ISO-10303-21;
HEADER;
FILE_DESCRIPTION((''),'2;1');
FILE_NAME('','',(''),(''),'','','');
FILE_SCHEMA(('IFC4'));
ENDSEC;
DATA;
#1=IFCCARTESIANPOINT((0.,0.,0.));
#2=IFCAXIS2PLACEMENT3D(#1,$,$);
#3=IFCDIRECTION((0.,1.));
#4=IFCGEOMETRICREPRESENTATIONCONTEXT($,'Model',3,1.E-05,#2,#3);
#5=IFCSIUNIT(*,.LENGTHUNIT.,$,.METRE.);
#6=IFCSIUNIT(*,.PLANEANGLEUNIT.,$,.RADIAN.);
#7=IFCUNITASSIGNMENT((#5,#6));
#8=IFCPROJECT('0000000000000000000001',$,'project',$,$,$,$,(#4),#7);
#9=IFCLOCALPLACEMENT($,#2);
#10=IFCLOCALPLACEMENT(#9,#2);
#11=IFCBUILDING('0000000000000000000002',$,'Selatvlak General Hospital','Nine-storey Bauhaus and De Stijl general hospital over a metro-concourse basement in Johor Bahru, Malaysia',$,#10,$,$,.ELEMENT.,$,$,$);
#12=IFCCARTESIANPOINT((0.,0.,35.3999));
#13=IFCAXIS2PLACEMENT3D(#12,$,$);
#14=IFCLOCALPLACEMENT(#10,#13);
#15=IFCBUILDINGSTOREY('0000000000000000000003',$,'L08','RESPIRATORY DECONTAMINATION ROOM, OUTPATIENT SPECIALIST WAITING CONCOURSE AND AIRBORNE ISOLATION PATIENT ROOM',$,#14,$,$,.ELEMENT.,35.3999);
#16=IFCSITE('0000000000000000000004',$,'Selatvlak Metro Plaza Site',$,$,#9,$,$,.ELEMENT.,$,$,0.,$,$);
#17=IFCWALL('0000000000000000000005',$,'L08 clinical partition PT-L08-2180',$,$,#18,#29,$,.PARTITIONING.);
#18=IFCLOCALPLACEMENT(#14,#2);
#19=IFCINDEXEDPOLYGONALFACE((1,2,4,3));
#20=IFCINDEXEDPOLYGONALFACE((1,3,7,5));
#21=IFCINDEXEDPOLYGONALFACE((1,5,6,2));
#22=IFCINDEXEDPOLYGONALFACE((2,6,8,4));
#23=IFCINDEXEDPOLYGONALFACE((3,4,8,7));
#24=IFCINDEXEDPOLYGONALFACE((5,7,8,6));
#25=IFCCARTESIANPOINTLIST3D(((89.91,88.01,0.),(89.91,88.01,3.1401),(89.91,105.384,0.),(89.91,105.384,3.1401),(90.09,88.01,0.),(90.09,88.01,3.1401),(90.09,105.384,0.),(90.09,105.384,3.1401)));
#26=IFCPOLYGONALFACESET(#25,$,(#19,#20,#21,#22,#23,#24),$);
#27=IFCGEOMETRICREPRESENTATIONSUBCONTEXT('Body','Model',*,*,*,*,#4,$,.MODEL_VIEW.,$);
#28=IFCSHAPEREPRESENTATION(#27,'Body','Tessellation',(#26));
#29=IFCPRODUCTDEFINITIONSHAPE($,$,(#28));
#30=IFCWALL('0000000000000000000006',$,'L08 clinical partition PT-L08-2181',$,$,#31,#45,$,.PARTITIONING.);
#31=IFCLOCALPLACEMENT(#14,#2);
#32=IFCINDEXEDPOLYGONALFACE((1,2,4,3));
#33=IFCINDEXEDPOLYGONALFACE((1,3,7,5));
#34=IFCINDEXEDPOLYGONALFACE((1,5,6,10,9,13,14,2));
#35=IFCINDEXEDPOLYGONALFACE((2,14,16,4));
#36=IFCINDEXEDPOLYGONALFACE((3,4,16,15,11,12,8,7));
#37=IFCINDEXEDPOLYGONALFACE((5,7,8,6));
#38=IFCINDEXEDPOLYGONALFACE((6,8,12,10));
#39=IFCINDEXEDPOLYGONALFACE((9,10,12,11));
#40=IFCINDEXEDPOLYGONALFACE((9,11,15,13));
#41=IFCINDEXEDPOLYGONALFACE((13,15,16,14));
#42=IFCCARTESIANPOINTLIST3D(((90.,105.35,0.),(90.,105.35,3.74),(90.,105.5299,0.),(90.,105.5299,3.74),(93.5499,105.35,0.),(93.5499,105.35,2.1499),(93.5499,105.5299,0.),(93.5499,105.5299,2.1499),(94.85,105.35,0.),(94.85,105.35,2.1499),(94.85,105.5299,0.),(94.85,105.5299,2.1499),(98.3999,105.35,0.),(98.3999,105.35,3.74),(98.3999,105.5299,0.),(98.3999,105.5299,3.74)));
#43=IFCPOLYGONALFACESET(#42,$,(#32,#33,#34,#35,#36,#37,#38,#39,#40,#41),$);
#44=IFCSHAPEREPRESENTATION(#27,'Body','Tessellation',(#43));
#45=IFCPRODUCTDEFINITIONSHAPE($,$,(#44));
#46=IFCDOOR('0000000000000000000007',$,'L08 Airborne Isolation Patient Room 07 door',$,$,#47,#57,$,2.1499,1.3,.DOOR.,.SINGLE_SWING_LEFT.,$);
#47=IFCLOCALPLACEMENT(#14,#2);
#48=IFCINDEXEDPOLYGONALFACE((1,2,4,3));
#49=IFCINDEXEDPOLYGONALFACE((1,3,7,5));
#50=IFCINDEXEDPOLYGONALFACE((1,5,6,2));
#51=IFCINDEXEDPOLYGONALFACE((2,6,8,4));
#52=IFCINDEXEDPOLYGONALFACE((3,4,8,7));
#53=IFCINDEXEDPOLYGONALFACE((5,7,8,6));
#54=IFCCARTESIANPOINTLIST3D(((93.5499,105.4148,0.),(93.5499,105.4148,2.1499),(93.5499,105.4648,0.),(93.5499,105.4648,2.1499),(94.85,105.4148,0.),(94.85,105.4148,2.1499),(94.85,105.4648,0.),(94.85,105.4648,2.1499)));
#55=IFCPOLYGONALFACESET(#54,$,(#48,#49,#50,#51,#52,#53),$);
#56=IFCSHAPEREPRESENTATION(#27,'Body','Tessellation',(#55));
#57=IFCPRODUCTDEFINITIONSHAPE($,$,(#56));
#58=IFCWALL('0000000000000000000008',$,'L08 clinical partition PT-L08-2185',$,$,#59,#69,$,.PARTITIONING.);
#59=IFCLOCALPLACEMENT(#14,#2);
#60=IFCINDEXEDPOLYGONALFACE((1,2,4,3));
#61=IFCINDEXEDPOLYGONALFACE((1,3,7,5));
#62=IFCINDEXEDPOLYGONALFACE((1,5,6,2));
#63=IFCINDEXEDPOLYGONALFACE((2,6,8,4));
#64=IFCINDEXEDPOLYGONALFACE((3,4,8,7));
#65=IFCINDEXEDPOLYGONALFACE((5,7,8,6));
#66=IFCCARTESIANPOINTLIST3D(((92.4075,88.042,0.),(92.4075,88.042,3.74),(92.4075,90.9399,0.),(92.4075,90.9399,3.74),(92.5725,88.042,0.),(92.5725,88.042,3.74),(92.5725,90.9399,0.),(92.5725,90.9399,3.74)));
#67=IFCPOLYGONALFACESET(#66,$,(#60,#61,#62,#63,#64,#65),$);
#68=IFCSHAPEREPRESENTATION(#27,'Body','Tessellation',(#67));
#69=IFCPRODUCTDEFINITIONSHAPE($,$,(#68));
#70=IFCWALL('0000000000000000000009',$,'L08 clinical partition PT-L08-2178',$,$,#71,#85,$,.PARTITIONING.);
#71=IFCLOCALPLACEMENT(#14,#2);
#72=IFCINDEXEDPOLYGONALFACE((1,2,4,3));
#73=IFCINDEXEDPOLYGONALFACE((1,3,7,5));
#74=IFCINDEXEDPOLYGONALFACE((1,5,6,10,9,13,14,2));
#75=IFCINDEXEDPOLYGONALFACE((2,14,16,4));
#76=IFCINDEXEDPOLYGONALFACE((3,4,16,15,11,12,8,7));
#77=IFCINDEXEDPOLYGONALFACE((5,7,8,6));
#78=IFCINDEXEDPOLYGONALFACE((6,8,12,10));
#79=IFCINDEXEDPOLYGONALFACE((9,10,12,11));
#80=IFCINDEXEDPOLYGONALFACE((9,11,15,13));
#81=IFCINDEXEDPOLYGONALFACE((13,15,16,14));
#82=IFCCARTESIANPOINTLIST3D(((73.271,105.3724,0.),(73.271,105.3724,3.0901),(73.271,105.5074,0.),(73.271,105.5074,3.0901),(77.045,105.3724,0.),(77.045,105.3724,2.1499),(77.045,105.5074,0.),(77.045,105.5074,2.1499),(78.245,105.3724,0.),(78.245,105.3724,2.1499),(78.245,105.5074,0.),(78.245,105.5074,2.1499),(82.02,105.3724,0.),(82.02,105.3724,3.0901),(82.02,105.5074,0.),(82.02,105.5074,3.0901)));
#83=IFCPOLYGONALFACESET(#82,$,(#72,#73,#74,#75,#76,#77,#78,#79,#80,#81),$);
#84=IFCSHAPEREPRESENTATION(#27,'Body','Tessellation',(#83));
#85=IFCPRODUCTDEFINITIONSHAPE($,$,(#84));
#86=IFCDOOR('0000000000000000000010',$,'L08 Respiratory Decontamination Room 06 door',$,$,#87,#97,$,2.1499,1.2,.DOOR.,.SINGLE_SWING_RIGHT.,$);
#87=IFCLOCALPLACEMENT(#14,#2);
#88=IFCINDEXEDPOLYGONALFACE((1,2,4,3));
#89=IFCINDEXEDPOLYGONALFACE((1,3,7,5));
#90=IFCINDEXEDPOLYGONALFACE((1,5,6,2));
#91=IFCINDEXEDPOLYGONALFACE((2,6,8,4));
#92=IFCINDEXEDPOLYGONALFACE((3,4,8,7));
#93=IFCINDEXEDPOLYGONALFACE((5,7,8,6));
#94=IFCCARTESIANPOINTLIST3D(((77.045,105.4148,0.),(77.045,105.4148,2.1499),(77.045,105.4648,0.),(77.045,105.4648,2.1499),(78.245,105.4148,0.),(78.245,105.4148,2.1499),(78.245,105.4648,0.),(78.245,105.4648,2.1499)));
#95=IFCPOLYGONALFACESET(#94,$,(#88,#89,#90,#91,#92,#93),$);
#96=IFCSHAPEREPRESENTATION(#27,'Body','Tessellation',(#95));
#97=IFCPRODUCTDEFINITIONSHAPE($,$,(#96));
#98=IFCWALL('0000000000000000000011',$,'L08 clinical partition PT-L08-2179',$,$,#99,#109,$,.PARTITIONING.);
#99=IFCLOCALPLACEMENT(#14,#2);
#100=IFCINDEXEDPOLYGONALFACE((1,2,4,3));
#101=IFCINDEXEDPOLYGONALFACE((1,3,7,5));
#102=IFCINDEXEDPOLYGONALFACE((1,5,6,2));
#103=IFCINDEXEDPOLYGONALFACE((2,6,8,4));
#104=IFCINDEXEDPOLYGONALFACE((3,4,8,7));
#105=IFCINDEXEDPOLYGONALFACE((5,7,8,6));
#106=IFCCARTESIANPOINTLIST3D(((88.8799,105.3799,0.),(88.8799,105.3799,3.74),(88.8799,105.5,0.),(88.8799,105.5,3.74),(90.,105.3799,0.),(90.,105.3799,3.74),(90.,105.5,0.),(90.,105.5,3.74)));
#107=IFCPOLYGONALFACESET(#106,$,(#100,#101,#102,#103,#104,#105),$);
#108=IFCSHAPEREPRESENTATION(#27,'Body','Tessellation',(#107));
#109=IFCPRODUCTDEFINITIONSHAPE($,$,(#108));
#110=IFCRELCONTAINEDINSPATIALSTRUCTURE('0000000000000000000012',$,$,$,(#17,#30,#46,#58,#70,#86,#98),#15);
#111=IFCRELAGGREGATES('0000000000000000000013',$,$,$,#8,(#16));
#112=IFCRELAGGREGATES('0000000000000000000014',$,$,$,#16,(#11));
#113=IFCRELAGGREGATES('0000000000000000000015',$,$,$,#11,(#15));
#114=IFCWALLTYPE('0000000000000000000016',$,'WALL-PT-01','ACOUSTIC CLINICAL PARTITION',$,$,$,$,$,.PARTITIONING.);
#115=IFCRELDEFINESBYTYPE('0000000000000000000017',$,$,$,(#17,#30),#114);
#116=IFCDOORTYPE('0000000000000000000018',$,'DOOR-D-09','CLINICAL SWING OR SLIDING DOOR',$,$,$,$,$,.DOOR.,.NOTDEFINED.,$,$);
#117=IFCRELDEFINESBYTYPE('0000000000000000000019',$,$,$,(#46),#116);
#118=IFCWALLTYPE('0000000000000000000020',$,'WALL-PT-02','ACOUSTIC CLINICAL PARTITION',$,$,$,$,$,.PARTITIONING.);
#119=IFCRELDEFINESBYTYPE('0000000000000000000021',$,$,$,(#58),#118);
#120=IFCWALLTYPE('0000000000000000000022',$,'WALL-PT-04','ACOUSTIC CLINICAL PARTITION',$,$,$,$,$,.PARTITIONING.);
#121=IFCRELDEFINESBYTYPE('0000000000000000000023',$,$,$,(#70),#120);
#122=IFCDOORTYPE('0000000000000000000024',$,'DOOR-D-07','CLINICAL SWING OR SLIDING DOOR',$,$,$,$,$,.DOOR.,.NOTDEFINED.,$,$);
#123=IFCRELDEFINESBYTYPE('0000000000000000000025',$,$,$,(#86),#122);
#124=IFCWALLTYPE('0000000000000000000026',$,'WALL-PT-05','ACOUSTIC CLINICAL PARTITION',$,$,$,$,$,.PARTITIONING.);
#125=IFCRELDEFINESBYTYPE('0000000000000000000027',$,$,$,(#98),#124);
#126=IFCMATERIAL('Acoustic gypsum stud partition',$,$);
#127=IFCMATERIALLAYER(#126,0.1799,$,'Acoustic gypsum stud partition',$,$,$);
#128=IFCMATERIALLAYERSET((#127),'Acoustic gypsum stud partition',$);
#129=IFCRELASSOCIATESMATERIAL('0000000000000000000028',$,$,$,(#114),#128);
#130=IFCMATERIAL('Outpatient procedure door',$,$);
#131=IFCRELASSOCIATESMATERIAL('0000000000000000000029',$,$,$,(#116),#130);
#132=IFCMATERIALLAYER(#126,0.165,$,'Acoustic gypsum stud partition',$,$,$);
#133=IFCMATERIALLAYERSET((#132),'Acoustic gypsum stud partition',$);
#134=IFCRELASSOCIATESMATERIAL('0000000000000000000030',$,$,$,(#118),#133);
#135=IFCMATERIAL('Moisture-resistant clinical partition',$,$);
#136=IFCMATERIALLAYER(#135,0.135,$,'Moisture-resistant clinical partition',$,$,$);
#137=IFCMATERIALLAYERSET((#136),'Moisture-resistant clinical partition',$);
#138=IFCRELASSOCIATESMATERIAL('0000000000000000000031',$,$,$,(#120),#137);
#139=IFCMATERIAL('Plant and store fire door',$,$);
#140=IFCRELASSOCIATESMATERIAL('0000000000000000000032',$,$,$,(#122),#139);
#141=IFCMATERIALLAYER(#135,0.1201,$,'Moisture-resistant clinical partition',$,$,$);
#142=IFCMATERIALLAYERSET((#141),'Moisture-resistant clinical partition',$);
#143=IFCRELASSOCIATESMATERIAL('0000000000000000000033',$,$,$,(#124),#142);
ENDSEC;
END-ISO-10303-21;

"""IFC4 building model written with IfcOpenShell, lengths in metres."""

from ifc_helpers import new_model, si_unit, direction, frame, frame_2d, origin, place, context, subcontext, project, spatial, rectangle, extrude, material, layer, layer_set, type_object, element, fill, save


model = new_model("IFC4")

# Units and contexts
model_context = context("Model", 3, precision=1e-05, world=origin(), true_north=direction((0.0, 1.0)))
body_context = subcontext(model_context, "Body", "Model", "MODEL_VIEW")
ifc_project = project(units=[si_unit("LENGTHUNIT", "METRE"), si_unit("PLANEANGLEUNIT", "RADIAN")], contexts=[model_context])

# Site, building, storey
site_placement = place(None, origin())
site = spatial("IfcSite", under=ifc_project, at=site_placement, Name="Selatvlak Metro Plaza Site", CompositionType="ELEMENT", RefElevation=0.0)
building_placement = place(site_placement, origin())
building = spatial("IfcBuilding", under=site, at=building_placement, Name="Selatvlak General Hospital", Description="Nine-storey Bauhaus and De Stijl general hospital over a metro-concourse basement in Johor Bahru, Malaysia", CompositionType="ELEMENT")
storey_placement = place(building_placement, frame((0.0, 0.0, 35.3999)))
storey = spatial("IfcBuildingStorey", under=building, at=storey_placement, Name="L08", Description="RESPIRATORY DECONTAMINATION ROOM, OUTPATIENT SPECIALIST WAITING CONCOURSE AND AIRBORNE ISOLATION PATIENT ROOM", CompositionType="ELEMENT", Elevation=35.3999)

# Wall
ifc_material_1 = material(Name="Acoustic gypsum stud partition")
ifc_layer_1 = layer(ifc_material_1, 0.1799, Name="Acoustic gypsum stud partition")
ifc_layer_set_1 = layer_set([ifc_layer_1], Name="Acoustic gypsum stud partition")
wall_type_1 = type_object("IfcWallType", Name="WALL-PT-01", Description="ACOUSTIC CLINICAL PARTITION", PredefinedType="PARTITIONING", material=ifc_layer_set_1)
wall_1_placement = place(storey_placement, frame((90.0, 105.384, 0.0), z_axis=(0.0, 0.0, 1.0), x_axis=(0.0, -1.0, 0.0)))
element("IfcWall", 1, at=wall_1_placement, inside=storey, type_object=wall_type_1, Name="L08 clinical partition PT-L08-2180", PredefinedType="PARTITIONING", context=body_context, shape_type="SweptSolid", body=[
    extrude(rectangle(XDim=17.374, YDim=0.1799, at=frame_2d((8.687, 0.0))), origin(), (0.0, 0.0, 1.0), 3.1401),
])

# Wall, opening, door
wall_2_placement = place(storey_placement, frame((90.0, 105.4399, 0.0), z_axis=(0.0, 0.0, 1.0), x_axis=(1.0, 0.0, 0.0)))
wall_2 = element("IfcWall", 2, at=wall_2_placement, inside=storey, type_object=wall_type_1, Name="L08 clinical partition PT-L08-2181", PredefinedType="PARTITIONING", context=body_context, shape_type="SweptSolid", body=[
    extrude(rectangle(XDim=8.3999, YDim=0.1799, at=frame_2d((4.2, 0.0))), origin(), (0.0, 0.0, 1.0), 3.74),
])
opening_1_placement = place(wall_2_placement, frame((3.55, 0.0, 0.0)))
opening_1 = element("IfcOpeningElement", 3, at=opening_1_placement, cuts=wall_2, PredefinedType="OPENING", context=body_context, shape_type="SweptSolid", body=[
    extrude(rectangle(XDim=1.3, YDim=2.1499, at=frame_2d((0.6499, 1.075))), frame((0.0, 0.0999, 0.0), z_axis=(0.0, -1.0, 0.0), x_axis=(1.0, 0.0, 0.0)), (0.0, 0.0, 1.0), 0.2),
])
ifc_material_2 = material(Name="Outpatient procedure door")
door_type_1 = type_object("IfcDoorType", Name="DOOR-D-09", Description="CLINICAL SWING OR SLIDING DOOR", OperationType="NOTDEFINED", PredefinedType="DOOR", material=ifc_material_2)
door_1_placement = place(opening_1_placement, origin())
door_1 = element("IfcDoor", 4, at=door_1_placement, inside=storey, type_object=door_type_1, Name="L08 Airborne Isolation Patient Room 07 door", OperationType="SINGLE_SWING_LEFT", OverallHeight=2.1499, OverallWidth=1.3, PredefinedType="DOOR", context=body_context, shape_type="SweptSolid", body=[
    extrude(rectangle(XDim=1.3, YDim=2.1499, at=frame_2d((0.6499, 1.075))), frame((0.0, 0.0249, 0.0), z_axis=(0.0, -1.0, 0.0), x_axis=(1.0, 0.0, 0.0)), (0.0, 0.0, 1.0), 0.05),
])
fill(opening_1, door_1)

# Wall
ifc_layer_2 = layer(ifc_material_1, 0.165, Name="Acoustic gypsum stud partition")
ifc_layer_set_2 = layer_set([ifc_layer_2], Name="Acoustic gypsum stud partition")
wall_type_2 = type_object("IfcWallType", Name="WALL-PT-02", Description="ACOUSTIC CLINICAL PARTITION", PredefinedType="PARTITIONING", material=ifc_layer_set_2)
wall_3_placement = place(storey_placement, frame((92.49, 90.9399, 0.0), z_axis=(0.0, 0.0, 1.0), x_axis=(0.0, -1.0, 0.0)))
element("IfcWall", 5, at=wall_3_placement, inside=storey, type_object=wall_type_2, Name="L08 clinical partition PT-L08-2185", PredefinedType="PARTITIONING", context=body_context, shape_type="SweptSolid", body=[
    extrude(rectangle(XDim=2.8979, YDim=0.165, at=frame_2d((1.449, 0.0))), origin(), (0.0, 0.0, 1.0), 3.74),
])

# Wall, opening, door
ifc_material_3 = material(Name="Moisture-resistant clinical partition")
ifc_layer_3 = layer(ifc_material_3, 0.135, Name="Moisture-resistant clinical partition")
ifc_layer_set_3 = layer_set([ifc_layer_3], Name="Moisture-resistant clinical partition")
wall_type_3 = type_object("IfcWallType", Name="WALL-PT-04", Description="ACOUSTIC CLINICAL PARTITION", PredefinedType="PARTITIONING", material=ifc_layer_set_3)
wall_4_placement = place(storey_placement, frame((73.271, 105.4399, 0.0), z_axis=(0.0, 0.0, 1.0), x_axis=(1.0, 0.0, 0.0)))
wall_4 = element("IfcWall", 6, at=wall_4_placement, inside=storey, type_object=wall_type_3, Name="L08 clinical partition PT-L08-2178", PredefinedType="PARTITIONING", context=body_context, shape_type="SweptSolid", body=[
    extrude(rectangle(XDim=8.749, YDim=0.135, at=frame_2d((4.3745, 0.0))), origin(), (0.0, 0.0, 1.0), 3.0901),
])
opening_2_placement = place(wall_4_placement, frame((3.7739, 0.0, 0.0)))
opening_2 = element("IfcOpeningElement", 7, at=opening_2_placement, cuts=wall_4, PredefinedType="OPENING", context=body_context, shape_type="SweptSolid", body=[
    extrude(rectangle(XDim=1.2, YDim=2.1499, at=frame_2d((0.6001, 1.075))), frame((0.0, 0.0774, 0.0), z_axis=(0.0, -1.0, 0.0), x_axis=(1.0, 0.0, 0.0)), (0.0, 0.0, 1.0), 0.155),
])
ifc_material_4 = material(Name="Plant and store fire door")
door_type_2 = type_object("IfcDoorType", Name="DOOR-D-07", Description="CLINICAL SWING OR SLIDING DOOR", OperationType="NOTDEFINED", PredefinedType="DOOR", material=ifc_material_4)
door_2_placement = place(opening_2_placement, origin())
door_2 = element("IfcDoor", 8, at=door_2_placement, inside=storey, type_object=door_type_2, Name="L08 Respiratory Decontamination Room 06 door", OperationType="SINGLE_SWING_RIGHT", OverallHeight=2.1499, OverallWidth=1.2, PredefinedType="DOOR", context=body_context, shape_type="SweptSolid", body=[
    extrude(rectangle(XDim=1.2, YDim=2.1499, at=frame_2d((0.6001, 1.075))), frame((0.0, 0.0249, 0.0), z_axis=(0.0, -1.0, 0.0), x_axis=(1.0, 0.0, 0.0)), (0.0, 0.0, 1.0), 0.05),
])
fill(opening_2, door_2)

# Wall
ifc_layer_4 = layer(ifc_material_3, 0.1201, Name="Moisture-resistant clinical partition")
ifc_layer_set_4 = layer_set([ifc_layer_4], Name="Moisture-resistant clinical partition")
wall_type_4 = type_object("IfcWallType", Name="WALL-PT-05", Description="ACOUSTIC CLINICAL PARTITION", PredefinedType="PARTITIONING", material=ifc_layer_set_4)
wall_5_placement = place(storey_placement, frame((88.8799, 105.4399, 0.0), z_axis=(0.0, 0.0, 1.0), x_axis=(1.0, 0.0, 0.0)))
element("IfcWall", 9, at=wall_5_placement, inside=storey, type_object=wall_type_4, Name="L08 clinical partition PT-L08-2179", PredefinedType="PARTITIONING", context=body_context, shape_type="SweptSolid", body=[
    extrude(rectangle(XDim=1.1201, YDim=0.1201, at=frame_2d((0.5601, 0.0))), origin(), (0.0, 0.0, 1.0), 3.74),
])

save(model, "model.ifc")
